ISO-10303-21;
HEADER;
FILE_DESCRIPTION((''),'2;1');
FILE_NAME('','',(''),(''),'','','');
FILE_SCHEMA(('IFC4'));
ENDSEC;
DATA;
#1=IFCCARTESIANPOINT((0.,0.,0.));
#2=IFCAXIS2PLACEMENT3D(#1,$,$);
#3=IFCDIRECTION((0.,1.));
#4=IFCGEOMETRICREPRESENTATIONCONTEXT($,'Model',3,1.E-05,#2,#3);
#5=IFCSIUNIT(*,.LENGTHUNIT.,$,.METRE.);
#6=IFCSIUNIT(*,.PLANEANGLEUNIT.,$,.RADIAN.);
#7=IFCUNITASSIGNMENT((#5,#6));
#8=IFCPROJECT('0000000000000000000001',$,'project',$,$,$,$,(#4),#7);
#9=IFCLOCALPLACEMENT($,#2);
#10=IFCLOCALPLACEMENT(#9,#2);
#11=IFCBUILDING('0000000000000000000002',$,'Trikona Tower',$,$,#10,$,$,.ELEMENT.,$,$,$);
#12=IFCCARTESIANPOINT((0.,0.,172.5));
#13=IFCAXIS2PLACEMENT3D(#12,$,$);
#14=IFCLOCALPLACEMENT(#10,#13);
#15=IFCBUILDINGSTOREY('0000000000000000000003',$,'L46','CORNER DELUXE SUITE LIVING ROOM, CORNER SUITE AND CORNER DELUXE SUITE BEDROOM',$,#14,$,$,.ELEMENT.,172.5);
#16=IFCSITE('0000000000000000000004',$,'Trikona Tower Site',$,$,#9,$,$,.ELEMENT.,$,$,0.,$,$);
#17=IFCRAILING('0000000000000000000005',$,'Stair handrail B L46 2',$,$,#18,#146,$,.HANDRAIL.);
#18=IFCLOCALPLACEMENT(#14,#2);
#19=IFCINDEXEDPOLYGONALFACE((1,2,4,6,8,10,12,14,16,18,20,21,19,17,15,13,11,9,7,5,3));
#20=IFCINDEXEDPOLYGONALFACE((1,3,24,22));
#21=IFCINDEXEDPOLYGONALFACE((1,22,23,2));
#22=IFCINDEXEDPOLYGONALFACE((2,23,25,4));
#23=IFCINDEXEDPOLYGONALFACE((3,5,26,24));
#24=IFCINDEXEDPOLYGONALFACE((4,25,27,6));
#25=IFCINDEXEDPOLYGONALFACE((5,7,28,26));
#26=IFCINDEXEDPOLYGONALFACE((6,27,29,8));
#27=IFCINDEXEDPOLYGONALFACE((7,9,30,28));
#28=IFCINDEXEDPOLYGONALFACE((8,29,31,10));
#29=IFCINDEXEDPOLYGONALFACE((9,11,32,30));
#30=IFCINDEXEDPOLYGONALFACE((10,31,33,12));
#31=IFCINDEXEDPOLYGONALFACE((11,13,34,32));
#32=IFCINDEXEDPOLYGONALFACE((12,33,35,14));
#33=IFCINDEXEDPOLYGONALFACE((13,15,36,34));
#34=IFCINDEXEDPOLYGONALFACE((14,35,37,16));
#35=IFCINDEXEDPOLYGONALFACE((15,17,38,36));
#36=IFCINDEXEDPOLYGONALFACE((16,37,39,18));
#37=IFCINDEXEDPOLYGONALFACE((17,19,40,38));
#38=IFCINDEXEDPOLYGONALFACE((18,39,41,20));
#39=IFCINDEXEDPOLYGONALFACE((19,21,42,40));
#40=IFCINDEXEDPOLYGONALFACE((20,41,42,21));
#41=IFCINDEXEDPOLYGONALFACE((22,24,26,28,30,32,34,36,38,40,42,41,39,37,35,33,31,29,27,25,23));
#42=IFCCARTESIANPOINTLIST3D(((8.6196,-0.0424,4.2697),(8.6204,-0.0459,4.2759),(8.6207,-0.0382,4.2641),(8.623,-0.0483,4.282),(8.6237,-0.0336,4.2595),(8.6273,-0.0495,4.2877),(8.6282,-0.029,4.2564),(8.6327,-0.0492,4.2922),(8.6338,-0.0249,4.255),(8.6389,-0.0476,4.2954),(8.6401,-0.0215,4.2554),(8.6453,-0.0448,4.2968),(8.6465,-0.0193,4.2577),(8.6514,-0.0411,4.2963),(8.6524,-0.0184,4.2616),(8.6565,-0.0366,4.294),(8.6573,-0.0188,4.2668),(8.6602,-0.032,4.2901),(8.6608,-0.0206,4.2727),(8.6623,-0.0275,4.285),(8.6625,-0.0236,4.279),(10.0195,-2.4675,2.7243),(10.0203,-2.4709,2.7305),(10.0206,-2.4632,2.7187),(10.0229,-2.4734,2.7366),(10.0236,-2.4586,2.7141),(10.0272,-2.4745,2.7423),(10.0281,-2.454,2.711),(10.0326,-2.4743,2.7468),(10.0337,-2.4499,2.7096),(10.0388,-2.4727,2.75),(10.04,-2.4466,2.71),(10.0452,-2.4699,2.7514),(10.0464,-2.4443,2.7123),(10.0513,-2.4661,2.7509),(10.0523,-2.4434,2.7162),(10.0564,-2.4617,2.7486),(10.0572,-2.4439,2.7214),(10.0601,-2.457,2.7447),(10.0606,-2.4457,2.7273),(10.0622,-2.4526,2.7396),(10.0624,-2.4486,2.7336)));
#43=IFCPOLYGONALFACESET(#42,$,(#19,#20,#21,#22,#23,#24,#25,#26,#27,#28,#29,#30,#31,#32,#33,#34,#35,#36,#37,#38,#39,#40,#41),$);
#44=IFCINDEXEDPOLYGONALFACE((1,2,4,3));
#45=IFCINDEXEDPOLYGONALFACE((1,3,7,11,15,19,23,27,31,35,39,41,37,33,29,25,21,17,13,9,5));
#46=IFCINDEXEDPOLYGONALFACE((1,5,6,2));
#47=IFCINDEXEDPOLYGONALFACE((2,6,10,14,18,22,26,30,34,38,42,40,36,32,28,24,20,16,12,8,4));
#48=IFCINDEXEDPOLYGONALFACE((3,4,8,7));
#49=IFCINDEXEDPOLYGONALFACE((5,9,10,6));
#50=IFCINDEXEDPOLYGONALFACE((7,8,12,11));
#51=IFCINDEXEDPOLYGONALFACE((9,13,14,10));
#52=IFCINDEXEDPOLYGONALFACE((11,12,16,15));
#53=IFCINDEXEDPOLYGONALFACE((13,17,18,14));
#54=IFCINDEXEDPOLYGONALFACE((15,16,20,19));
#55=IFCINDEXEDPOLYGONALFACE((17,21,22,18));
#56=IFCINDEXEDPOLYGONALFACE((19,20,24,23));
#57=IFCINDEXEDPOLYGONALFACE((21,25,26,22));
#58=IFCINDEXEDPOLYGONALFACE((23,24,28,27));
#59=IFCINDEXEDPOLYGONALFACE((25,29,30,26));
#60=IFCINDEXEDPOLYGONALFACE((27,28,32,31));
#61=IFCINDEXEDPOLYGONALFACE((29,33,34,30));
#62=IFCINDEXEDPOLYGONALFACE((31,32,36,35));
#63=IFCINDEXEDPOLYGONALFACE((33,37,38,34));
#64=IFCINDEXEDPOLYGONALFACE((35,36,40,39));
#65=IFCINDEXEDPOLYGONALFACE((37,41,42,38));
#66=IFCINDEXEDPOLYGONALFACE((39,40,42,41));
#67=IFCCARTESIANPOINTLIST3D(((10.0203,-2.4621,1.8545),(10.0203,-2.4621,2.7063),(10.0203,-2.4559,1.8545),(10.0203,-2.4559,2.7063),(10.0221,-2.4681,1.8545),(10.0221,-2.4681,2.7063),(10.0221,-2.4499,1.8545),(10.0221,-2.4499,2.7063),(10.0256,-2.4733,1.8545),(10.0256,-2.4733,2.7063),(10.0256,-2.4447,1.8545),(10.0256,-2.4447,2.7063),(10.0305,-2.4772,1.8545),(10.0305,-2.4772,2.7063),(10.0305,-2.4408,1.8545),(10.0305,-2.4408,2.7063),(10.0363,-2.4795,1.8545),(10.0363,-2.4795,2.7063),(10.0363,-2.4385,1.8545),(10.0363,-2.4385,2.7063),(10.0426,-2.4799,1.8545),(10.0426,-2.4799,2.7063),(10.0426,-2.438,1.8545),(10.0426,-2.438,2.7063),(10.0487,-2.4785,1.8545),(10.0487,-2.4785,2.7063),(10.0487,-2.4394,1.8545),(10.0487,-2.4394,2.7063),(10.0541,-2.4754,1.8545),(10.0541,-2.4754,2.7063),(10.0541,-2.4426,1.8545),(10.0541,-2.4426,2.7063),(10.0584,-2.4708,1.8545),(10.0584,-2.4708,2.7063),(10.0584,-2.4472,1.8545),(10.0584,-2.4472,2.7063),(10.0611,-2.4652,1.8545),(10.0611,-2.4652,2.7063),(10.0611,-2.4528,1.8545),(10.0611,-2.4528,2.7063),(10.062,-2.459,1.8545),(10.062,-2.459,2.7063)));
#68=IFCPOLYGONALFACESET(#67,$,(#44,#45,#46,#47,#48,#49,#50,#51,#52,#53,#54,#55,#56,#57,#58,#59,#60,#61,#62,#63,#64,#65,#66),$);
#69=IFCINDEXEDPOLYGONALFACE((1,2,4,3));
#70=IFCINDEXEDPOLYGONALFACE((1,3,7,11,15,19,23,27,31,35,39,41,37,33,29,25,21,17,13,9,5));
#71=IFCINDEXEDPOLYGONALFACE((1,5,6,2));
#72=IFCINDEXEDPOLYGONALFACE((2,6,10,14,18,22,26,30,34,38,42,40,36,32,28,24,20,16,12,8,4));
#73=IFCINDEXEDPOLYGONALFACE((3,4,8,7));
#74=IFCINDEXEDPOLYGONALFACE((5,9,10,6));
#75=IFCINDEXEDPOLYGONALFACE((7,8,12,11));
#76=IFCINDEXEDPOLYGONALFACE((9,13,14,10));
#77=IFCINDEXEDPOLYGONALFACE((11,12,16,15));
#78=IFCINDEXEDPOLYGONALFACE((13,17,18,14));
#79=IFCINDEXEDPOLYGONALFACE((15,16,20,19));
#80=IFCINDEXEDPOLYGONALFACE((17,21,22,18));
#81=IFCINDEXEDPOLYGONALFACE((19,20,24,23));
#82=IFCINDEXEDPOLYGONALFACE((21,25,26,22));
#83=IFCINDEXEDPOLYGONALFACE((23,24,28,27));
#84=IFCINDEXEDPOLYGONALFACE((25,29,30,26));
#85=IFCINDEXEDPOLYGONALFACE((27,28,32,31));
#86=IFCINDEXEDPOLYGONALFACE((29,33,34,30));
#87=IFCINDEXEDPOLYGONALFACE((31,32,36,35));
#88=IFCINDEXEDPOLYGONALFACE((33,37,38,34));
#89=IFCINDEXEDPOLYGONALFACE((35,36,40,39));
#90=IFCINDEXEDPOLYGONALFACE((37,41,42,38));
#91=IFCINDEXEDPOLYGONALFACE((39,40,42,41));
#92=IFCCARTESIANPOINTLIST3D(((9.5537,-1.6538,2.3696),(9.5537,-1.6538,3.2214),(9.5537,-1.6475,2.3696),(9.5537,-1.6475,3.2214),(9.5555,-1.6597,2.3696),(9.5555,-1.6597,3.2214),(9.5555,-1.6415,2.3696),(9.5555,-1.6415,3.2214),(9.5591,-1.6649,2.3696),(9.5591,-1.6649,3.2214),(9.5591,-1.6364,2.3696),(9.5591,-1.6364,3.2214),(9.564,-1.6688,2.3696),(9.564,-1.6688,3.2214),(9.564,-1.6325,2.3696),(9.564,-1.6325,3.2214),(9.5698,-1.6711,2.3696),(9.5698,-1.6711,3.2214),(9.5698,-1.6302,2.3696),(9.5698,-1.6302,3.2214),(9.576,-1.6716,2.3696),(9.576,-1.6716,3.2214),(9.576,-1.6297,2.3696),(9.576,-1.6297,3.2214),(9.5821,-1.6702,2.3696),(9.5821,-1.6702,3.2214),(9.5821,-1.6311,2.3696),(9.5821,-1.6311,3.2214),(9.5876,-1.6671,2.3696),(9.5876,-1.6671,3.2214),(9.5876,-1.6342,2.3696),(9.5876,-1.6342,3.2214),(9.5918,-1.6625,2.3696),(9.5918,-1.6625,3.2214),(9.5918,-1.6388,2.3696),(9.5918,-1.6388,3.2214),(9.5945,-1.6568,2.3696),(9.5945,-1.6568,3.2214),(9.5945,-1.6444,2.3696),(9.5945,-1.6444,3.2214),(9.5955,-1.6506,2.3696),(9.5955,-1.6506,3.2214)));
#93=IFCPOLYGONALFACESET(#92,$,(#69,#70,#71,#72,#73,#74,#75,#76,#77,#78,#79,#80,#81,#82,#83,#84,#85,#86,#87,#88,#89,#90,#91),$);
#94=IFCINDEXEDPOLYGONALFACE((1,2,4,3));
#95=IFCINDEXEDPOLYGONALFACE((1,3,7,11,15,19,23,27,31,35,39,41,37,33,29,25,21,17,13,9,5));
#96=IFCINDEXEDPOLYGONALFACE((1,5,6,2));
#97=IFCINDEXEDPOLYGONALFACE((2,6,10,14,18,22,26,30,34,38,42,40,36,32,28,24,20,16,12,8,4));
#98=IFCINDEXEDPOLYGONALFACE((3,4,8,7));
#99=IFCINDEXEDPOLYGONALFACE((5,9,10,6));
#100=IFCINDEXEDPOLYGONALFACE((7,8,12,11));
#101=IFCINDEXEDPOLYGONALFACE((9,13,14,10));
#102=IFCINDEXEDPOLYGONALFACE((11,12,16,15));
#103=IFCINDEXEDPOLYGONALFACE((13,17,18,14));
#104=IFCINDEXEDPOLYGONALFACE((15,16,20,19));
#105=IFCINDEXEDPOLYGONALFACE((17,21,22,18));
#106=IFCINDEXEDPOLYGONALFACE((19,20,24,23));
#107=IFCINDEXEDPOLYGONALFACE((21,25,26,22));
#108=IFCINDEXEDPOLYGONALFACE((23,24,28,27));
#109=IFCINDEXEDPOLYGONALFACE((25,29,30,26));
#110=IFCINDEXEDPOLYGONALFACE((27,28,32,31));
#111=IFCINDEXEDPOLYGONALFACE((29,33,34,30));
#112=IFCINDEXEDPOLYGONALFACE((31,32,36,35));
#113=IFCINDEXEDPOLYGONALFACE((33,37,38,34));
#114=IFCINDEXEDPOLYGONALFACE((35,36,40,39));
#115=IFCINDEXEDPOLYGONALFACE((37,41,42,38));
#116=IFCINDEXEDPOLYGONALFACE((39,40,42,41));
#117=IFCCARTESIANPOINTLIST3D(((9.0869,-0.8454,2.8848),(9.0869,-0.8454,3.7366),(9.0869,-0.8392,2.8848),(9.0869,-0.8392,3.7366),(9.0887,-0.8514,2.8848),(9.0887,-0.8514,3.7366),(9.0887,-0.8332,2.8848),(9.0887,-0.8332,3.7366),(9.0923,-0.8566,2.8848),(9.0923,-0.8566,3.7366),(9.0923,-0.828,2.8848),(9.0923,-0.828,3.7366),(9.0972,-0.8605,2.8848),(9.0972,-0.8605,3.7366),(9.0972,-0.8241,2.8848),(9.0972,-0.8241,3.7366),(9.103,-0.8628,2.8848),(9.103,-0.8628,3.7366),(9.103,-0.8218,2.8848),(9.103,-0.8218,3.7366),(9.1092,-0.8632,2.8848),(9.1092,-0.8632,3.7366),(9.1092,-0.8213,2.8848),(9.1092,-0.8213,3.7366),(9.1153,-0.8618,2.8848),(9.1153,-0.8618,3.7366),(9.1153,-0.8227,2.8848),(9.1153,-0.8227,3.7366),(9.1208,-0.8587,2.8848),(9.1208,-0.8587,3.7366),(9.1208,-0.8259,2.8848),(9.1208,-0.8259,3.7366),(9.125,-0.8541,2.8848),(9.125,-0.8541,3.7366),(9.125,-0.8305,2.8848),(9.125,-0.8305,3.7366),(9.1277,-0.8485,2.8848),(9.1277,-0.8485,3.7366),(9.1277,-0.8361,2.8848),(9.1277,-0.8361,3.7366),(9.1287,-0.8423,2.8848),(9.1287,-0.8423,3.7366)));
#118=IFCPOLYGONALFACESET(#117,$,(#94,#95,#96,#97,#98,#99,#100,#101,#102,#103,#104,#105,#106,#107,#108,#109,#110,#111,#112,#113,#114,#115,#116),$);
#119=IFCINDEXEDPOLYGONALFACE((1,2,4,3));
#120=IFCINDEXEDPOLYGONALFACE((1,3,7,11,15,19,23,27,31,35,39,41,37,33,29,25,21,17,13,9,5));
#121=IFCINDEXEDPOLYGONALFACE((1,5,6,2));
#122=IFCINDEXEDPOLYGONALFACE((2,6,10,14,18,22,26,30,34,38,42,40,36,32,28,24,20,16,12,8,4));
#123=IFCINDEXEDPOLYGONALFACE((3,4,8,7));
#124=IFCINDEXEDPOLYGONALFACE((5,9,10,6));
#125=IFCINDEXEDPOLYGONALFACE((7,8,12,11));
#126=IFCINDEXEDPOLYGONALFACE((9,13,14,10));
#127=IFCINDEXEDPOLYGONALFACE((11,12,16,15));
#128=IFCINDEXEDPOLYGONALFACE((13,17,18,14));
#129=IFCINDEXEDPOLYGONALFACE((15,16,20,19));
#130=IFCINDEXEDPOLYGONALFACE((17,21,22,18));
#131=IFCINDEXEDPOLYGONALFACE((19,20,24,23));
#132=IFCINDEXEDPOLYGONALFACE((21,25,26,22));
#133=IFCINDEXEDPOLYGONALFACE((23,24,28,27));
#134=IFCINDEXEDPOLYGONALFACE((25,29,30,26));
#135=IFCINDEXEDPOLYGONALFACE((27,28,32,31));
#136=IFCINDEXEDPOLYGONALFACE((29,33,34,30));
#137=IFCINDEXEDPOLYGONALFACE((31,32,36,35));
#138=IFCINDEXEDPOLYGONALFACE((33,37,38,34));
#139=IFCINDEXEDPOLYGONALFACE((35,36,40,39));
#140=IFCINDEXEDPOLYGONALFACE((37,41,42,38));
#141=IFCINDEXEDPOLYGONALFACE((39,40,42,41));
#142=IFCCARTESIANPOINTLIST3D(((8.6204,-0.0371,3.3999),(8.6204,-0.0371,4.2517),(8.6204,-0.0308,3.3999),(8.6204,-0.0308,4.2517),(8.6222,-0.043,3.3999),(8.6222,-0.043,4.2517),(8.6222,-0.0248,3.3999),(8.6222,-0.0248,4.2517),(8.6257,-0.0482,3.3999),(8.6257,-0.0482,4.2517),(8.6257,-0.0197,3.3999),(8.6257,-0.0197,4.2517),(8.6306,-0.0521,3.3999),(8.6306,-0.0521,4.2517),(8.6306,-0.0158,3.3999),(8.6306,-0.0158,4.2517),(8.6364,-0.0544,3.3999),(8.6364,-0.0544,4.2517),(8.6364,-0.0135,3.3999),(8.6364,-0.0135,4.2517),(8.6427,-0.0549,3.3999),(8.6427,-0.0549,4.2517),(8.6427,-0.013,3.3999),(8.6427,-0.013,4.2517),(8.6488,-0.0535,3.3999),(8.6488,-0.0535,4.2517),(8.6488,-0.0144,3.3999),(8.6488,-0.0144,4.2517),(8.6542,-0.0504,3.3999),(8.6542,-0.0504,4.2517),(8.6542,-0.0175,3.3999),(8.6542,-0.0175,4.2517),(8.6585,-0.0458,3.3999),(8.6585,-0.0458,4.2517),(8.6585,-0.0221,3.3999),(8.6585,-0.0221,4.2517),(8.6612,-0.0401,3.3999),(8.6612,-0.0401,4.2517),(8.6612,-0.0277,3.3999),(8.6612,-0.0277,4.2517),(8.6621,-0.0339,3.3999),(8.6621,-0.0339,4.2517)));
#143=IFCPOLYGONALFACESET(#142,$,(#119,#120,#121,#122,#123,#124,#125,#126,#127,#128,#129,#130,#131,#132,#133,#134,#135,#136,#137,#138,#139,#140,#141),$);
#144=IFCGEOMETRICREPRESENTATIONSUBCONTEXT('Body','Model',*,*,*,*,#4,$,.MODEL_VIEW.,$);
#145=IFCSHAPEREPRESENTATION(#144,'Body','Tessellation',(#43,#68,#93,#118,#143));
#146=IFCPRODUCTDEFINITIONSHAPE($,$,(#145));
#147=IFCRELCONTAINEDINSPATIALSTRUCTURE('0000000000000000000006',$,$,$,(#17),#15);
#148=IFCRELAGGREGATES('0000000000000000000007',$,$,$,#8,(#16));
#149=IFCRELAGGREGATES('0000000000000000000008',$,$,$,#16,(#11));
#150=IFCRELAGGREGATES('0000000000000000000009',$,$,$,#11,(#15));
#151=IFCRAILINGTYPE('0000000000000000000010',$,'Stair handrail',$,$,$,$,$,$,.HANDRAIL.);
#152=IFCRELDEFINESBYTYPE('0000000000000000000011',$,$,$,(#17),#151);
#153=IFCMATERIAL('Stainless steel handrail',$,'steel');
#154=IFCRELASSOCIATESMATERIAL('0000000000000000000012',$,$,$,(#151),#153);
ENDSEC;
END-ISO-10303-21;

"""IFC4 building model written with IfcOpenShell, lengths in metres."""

from ifc_helpers import new_model, si_unit, direction, frame, origin, origin_2d, place, context, subcontext, project, spatial, circle, extrude, material, type_object, element, save


model = new_model("IFC4")

# Units and contexts
model_context = context("Model", 3, precision=1e-05, world=origin(), true_north=direction((0.0, 1.0)))
body_context = subcontext(model_context, "Body", "Model", "MODEL_VIEW")
ifc_project = project(units=[si_unit("LENGTHUNIT", "METRE"), si_unit("PLANEANGLEUNIT", "RADIAN")], contexts=[model_context])

# Site, building, storey
site_placement = place(None, origin())
site = spatial("IfcSite", under=ifc_project, at=site_placement, Name="Trikona Tower Site", CompositionType="ELEMENT", RefElevation=0.0)
building_placement = place(site_placement, origin())
building = spatial("IfcBuilding", under=site, at=building_placement, Name="Trikona Tower", CompositionType="ELEMENT")
storey_placement = place(building_placement, frame((0.0, 0.0, 172.5)))
storey = spatial("IfcBuildingStorey", under=building, at=storey_placement, Name="L46", Description="CORNER DELUXE SUITE LIVING ROOM, CORNER SUITE AND CORNER DELUXE SUITE BEDROOM", CompositionType="ELEMENT", Elevation=172.5)

# Railing
ifc_material_1 = material(Name="Stainless steel handrail", Category="steel")
railing_type = type_object("IfcRailingType", Name="Stair handrail", PredefinedType="HANDRAIL", material=ifc_material_1)
railing_placement = place(storey_placement, frame((10.041, -2.459, 1.8545)))
element("IfcRailing", 1, at=railing_placement, inside=storey, type_object=railing_type, Name="Stair handrail B L46 2", PredefinedType="HANDRAIL", context=body_context, shape_type="SweptSolid", body=[
    extrude(circle(Radius=0.0239, at=origin_2d()), frame((0.0, 0.0, 0.876), z_axis=(-0.437707, 0.75824, 0.483203), x_axis=(-0.866056, -0.499946, 0.0)), (0.0, 0.0, 1.0), 3.1982),
    extrude(circle(Radius=0.021, at=origin_2d()), origin(), (0.0, 0.0, 1.0), 0.8518),
    extrude(circle(Radius=0.021, at=origin_2d()), frame((-0.4666, 0.8083, 0.5151)), (0.0, 0.0, 1.0), 0.8518),
    extrude(circle(Radius=0.021, at=origin_2d()), frame((-0.9333, 1.6167, 1.0303)), (0.0, 0.0, 1.0), 0.8518),
    extrude(circle(Radius=0.021, at=origin_2d()), frame((-1.3999, 2.425, 1.5454)), (0.0, 0.0, 1.0), 0.8518),
])

save(model, "model.ifc")
